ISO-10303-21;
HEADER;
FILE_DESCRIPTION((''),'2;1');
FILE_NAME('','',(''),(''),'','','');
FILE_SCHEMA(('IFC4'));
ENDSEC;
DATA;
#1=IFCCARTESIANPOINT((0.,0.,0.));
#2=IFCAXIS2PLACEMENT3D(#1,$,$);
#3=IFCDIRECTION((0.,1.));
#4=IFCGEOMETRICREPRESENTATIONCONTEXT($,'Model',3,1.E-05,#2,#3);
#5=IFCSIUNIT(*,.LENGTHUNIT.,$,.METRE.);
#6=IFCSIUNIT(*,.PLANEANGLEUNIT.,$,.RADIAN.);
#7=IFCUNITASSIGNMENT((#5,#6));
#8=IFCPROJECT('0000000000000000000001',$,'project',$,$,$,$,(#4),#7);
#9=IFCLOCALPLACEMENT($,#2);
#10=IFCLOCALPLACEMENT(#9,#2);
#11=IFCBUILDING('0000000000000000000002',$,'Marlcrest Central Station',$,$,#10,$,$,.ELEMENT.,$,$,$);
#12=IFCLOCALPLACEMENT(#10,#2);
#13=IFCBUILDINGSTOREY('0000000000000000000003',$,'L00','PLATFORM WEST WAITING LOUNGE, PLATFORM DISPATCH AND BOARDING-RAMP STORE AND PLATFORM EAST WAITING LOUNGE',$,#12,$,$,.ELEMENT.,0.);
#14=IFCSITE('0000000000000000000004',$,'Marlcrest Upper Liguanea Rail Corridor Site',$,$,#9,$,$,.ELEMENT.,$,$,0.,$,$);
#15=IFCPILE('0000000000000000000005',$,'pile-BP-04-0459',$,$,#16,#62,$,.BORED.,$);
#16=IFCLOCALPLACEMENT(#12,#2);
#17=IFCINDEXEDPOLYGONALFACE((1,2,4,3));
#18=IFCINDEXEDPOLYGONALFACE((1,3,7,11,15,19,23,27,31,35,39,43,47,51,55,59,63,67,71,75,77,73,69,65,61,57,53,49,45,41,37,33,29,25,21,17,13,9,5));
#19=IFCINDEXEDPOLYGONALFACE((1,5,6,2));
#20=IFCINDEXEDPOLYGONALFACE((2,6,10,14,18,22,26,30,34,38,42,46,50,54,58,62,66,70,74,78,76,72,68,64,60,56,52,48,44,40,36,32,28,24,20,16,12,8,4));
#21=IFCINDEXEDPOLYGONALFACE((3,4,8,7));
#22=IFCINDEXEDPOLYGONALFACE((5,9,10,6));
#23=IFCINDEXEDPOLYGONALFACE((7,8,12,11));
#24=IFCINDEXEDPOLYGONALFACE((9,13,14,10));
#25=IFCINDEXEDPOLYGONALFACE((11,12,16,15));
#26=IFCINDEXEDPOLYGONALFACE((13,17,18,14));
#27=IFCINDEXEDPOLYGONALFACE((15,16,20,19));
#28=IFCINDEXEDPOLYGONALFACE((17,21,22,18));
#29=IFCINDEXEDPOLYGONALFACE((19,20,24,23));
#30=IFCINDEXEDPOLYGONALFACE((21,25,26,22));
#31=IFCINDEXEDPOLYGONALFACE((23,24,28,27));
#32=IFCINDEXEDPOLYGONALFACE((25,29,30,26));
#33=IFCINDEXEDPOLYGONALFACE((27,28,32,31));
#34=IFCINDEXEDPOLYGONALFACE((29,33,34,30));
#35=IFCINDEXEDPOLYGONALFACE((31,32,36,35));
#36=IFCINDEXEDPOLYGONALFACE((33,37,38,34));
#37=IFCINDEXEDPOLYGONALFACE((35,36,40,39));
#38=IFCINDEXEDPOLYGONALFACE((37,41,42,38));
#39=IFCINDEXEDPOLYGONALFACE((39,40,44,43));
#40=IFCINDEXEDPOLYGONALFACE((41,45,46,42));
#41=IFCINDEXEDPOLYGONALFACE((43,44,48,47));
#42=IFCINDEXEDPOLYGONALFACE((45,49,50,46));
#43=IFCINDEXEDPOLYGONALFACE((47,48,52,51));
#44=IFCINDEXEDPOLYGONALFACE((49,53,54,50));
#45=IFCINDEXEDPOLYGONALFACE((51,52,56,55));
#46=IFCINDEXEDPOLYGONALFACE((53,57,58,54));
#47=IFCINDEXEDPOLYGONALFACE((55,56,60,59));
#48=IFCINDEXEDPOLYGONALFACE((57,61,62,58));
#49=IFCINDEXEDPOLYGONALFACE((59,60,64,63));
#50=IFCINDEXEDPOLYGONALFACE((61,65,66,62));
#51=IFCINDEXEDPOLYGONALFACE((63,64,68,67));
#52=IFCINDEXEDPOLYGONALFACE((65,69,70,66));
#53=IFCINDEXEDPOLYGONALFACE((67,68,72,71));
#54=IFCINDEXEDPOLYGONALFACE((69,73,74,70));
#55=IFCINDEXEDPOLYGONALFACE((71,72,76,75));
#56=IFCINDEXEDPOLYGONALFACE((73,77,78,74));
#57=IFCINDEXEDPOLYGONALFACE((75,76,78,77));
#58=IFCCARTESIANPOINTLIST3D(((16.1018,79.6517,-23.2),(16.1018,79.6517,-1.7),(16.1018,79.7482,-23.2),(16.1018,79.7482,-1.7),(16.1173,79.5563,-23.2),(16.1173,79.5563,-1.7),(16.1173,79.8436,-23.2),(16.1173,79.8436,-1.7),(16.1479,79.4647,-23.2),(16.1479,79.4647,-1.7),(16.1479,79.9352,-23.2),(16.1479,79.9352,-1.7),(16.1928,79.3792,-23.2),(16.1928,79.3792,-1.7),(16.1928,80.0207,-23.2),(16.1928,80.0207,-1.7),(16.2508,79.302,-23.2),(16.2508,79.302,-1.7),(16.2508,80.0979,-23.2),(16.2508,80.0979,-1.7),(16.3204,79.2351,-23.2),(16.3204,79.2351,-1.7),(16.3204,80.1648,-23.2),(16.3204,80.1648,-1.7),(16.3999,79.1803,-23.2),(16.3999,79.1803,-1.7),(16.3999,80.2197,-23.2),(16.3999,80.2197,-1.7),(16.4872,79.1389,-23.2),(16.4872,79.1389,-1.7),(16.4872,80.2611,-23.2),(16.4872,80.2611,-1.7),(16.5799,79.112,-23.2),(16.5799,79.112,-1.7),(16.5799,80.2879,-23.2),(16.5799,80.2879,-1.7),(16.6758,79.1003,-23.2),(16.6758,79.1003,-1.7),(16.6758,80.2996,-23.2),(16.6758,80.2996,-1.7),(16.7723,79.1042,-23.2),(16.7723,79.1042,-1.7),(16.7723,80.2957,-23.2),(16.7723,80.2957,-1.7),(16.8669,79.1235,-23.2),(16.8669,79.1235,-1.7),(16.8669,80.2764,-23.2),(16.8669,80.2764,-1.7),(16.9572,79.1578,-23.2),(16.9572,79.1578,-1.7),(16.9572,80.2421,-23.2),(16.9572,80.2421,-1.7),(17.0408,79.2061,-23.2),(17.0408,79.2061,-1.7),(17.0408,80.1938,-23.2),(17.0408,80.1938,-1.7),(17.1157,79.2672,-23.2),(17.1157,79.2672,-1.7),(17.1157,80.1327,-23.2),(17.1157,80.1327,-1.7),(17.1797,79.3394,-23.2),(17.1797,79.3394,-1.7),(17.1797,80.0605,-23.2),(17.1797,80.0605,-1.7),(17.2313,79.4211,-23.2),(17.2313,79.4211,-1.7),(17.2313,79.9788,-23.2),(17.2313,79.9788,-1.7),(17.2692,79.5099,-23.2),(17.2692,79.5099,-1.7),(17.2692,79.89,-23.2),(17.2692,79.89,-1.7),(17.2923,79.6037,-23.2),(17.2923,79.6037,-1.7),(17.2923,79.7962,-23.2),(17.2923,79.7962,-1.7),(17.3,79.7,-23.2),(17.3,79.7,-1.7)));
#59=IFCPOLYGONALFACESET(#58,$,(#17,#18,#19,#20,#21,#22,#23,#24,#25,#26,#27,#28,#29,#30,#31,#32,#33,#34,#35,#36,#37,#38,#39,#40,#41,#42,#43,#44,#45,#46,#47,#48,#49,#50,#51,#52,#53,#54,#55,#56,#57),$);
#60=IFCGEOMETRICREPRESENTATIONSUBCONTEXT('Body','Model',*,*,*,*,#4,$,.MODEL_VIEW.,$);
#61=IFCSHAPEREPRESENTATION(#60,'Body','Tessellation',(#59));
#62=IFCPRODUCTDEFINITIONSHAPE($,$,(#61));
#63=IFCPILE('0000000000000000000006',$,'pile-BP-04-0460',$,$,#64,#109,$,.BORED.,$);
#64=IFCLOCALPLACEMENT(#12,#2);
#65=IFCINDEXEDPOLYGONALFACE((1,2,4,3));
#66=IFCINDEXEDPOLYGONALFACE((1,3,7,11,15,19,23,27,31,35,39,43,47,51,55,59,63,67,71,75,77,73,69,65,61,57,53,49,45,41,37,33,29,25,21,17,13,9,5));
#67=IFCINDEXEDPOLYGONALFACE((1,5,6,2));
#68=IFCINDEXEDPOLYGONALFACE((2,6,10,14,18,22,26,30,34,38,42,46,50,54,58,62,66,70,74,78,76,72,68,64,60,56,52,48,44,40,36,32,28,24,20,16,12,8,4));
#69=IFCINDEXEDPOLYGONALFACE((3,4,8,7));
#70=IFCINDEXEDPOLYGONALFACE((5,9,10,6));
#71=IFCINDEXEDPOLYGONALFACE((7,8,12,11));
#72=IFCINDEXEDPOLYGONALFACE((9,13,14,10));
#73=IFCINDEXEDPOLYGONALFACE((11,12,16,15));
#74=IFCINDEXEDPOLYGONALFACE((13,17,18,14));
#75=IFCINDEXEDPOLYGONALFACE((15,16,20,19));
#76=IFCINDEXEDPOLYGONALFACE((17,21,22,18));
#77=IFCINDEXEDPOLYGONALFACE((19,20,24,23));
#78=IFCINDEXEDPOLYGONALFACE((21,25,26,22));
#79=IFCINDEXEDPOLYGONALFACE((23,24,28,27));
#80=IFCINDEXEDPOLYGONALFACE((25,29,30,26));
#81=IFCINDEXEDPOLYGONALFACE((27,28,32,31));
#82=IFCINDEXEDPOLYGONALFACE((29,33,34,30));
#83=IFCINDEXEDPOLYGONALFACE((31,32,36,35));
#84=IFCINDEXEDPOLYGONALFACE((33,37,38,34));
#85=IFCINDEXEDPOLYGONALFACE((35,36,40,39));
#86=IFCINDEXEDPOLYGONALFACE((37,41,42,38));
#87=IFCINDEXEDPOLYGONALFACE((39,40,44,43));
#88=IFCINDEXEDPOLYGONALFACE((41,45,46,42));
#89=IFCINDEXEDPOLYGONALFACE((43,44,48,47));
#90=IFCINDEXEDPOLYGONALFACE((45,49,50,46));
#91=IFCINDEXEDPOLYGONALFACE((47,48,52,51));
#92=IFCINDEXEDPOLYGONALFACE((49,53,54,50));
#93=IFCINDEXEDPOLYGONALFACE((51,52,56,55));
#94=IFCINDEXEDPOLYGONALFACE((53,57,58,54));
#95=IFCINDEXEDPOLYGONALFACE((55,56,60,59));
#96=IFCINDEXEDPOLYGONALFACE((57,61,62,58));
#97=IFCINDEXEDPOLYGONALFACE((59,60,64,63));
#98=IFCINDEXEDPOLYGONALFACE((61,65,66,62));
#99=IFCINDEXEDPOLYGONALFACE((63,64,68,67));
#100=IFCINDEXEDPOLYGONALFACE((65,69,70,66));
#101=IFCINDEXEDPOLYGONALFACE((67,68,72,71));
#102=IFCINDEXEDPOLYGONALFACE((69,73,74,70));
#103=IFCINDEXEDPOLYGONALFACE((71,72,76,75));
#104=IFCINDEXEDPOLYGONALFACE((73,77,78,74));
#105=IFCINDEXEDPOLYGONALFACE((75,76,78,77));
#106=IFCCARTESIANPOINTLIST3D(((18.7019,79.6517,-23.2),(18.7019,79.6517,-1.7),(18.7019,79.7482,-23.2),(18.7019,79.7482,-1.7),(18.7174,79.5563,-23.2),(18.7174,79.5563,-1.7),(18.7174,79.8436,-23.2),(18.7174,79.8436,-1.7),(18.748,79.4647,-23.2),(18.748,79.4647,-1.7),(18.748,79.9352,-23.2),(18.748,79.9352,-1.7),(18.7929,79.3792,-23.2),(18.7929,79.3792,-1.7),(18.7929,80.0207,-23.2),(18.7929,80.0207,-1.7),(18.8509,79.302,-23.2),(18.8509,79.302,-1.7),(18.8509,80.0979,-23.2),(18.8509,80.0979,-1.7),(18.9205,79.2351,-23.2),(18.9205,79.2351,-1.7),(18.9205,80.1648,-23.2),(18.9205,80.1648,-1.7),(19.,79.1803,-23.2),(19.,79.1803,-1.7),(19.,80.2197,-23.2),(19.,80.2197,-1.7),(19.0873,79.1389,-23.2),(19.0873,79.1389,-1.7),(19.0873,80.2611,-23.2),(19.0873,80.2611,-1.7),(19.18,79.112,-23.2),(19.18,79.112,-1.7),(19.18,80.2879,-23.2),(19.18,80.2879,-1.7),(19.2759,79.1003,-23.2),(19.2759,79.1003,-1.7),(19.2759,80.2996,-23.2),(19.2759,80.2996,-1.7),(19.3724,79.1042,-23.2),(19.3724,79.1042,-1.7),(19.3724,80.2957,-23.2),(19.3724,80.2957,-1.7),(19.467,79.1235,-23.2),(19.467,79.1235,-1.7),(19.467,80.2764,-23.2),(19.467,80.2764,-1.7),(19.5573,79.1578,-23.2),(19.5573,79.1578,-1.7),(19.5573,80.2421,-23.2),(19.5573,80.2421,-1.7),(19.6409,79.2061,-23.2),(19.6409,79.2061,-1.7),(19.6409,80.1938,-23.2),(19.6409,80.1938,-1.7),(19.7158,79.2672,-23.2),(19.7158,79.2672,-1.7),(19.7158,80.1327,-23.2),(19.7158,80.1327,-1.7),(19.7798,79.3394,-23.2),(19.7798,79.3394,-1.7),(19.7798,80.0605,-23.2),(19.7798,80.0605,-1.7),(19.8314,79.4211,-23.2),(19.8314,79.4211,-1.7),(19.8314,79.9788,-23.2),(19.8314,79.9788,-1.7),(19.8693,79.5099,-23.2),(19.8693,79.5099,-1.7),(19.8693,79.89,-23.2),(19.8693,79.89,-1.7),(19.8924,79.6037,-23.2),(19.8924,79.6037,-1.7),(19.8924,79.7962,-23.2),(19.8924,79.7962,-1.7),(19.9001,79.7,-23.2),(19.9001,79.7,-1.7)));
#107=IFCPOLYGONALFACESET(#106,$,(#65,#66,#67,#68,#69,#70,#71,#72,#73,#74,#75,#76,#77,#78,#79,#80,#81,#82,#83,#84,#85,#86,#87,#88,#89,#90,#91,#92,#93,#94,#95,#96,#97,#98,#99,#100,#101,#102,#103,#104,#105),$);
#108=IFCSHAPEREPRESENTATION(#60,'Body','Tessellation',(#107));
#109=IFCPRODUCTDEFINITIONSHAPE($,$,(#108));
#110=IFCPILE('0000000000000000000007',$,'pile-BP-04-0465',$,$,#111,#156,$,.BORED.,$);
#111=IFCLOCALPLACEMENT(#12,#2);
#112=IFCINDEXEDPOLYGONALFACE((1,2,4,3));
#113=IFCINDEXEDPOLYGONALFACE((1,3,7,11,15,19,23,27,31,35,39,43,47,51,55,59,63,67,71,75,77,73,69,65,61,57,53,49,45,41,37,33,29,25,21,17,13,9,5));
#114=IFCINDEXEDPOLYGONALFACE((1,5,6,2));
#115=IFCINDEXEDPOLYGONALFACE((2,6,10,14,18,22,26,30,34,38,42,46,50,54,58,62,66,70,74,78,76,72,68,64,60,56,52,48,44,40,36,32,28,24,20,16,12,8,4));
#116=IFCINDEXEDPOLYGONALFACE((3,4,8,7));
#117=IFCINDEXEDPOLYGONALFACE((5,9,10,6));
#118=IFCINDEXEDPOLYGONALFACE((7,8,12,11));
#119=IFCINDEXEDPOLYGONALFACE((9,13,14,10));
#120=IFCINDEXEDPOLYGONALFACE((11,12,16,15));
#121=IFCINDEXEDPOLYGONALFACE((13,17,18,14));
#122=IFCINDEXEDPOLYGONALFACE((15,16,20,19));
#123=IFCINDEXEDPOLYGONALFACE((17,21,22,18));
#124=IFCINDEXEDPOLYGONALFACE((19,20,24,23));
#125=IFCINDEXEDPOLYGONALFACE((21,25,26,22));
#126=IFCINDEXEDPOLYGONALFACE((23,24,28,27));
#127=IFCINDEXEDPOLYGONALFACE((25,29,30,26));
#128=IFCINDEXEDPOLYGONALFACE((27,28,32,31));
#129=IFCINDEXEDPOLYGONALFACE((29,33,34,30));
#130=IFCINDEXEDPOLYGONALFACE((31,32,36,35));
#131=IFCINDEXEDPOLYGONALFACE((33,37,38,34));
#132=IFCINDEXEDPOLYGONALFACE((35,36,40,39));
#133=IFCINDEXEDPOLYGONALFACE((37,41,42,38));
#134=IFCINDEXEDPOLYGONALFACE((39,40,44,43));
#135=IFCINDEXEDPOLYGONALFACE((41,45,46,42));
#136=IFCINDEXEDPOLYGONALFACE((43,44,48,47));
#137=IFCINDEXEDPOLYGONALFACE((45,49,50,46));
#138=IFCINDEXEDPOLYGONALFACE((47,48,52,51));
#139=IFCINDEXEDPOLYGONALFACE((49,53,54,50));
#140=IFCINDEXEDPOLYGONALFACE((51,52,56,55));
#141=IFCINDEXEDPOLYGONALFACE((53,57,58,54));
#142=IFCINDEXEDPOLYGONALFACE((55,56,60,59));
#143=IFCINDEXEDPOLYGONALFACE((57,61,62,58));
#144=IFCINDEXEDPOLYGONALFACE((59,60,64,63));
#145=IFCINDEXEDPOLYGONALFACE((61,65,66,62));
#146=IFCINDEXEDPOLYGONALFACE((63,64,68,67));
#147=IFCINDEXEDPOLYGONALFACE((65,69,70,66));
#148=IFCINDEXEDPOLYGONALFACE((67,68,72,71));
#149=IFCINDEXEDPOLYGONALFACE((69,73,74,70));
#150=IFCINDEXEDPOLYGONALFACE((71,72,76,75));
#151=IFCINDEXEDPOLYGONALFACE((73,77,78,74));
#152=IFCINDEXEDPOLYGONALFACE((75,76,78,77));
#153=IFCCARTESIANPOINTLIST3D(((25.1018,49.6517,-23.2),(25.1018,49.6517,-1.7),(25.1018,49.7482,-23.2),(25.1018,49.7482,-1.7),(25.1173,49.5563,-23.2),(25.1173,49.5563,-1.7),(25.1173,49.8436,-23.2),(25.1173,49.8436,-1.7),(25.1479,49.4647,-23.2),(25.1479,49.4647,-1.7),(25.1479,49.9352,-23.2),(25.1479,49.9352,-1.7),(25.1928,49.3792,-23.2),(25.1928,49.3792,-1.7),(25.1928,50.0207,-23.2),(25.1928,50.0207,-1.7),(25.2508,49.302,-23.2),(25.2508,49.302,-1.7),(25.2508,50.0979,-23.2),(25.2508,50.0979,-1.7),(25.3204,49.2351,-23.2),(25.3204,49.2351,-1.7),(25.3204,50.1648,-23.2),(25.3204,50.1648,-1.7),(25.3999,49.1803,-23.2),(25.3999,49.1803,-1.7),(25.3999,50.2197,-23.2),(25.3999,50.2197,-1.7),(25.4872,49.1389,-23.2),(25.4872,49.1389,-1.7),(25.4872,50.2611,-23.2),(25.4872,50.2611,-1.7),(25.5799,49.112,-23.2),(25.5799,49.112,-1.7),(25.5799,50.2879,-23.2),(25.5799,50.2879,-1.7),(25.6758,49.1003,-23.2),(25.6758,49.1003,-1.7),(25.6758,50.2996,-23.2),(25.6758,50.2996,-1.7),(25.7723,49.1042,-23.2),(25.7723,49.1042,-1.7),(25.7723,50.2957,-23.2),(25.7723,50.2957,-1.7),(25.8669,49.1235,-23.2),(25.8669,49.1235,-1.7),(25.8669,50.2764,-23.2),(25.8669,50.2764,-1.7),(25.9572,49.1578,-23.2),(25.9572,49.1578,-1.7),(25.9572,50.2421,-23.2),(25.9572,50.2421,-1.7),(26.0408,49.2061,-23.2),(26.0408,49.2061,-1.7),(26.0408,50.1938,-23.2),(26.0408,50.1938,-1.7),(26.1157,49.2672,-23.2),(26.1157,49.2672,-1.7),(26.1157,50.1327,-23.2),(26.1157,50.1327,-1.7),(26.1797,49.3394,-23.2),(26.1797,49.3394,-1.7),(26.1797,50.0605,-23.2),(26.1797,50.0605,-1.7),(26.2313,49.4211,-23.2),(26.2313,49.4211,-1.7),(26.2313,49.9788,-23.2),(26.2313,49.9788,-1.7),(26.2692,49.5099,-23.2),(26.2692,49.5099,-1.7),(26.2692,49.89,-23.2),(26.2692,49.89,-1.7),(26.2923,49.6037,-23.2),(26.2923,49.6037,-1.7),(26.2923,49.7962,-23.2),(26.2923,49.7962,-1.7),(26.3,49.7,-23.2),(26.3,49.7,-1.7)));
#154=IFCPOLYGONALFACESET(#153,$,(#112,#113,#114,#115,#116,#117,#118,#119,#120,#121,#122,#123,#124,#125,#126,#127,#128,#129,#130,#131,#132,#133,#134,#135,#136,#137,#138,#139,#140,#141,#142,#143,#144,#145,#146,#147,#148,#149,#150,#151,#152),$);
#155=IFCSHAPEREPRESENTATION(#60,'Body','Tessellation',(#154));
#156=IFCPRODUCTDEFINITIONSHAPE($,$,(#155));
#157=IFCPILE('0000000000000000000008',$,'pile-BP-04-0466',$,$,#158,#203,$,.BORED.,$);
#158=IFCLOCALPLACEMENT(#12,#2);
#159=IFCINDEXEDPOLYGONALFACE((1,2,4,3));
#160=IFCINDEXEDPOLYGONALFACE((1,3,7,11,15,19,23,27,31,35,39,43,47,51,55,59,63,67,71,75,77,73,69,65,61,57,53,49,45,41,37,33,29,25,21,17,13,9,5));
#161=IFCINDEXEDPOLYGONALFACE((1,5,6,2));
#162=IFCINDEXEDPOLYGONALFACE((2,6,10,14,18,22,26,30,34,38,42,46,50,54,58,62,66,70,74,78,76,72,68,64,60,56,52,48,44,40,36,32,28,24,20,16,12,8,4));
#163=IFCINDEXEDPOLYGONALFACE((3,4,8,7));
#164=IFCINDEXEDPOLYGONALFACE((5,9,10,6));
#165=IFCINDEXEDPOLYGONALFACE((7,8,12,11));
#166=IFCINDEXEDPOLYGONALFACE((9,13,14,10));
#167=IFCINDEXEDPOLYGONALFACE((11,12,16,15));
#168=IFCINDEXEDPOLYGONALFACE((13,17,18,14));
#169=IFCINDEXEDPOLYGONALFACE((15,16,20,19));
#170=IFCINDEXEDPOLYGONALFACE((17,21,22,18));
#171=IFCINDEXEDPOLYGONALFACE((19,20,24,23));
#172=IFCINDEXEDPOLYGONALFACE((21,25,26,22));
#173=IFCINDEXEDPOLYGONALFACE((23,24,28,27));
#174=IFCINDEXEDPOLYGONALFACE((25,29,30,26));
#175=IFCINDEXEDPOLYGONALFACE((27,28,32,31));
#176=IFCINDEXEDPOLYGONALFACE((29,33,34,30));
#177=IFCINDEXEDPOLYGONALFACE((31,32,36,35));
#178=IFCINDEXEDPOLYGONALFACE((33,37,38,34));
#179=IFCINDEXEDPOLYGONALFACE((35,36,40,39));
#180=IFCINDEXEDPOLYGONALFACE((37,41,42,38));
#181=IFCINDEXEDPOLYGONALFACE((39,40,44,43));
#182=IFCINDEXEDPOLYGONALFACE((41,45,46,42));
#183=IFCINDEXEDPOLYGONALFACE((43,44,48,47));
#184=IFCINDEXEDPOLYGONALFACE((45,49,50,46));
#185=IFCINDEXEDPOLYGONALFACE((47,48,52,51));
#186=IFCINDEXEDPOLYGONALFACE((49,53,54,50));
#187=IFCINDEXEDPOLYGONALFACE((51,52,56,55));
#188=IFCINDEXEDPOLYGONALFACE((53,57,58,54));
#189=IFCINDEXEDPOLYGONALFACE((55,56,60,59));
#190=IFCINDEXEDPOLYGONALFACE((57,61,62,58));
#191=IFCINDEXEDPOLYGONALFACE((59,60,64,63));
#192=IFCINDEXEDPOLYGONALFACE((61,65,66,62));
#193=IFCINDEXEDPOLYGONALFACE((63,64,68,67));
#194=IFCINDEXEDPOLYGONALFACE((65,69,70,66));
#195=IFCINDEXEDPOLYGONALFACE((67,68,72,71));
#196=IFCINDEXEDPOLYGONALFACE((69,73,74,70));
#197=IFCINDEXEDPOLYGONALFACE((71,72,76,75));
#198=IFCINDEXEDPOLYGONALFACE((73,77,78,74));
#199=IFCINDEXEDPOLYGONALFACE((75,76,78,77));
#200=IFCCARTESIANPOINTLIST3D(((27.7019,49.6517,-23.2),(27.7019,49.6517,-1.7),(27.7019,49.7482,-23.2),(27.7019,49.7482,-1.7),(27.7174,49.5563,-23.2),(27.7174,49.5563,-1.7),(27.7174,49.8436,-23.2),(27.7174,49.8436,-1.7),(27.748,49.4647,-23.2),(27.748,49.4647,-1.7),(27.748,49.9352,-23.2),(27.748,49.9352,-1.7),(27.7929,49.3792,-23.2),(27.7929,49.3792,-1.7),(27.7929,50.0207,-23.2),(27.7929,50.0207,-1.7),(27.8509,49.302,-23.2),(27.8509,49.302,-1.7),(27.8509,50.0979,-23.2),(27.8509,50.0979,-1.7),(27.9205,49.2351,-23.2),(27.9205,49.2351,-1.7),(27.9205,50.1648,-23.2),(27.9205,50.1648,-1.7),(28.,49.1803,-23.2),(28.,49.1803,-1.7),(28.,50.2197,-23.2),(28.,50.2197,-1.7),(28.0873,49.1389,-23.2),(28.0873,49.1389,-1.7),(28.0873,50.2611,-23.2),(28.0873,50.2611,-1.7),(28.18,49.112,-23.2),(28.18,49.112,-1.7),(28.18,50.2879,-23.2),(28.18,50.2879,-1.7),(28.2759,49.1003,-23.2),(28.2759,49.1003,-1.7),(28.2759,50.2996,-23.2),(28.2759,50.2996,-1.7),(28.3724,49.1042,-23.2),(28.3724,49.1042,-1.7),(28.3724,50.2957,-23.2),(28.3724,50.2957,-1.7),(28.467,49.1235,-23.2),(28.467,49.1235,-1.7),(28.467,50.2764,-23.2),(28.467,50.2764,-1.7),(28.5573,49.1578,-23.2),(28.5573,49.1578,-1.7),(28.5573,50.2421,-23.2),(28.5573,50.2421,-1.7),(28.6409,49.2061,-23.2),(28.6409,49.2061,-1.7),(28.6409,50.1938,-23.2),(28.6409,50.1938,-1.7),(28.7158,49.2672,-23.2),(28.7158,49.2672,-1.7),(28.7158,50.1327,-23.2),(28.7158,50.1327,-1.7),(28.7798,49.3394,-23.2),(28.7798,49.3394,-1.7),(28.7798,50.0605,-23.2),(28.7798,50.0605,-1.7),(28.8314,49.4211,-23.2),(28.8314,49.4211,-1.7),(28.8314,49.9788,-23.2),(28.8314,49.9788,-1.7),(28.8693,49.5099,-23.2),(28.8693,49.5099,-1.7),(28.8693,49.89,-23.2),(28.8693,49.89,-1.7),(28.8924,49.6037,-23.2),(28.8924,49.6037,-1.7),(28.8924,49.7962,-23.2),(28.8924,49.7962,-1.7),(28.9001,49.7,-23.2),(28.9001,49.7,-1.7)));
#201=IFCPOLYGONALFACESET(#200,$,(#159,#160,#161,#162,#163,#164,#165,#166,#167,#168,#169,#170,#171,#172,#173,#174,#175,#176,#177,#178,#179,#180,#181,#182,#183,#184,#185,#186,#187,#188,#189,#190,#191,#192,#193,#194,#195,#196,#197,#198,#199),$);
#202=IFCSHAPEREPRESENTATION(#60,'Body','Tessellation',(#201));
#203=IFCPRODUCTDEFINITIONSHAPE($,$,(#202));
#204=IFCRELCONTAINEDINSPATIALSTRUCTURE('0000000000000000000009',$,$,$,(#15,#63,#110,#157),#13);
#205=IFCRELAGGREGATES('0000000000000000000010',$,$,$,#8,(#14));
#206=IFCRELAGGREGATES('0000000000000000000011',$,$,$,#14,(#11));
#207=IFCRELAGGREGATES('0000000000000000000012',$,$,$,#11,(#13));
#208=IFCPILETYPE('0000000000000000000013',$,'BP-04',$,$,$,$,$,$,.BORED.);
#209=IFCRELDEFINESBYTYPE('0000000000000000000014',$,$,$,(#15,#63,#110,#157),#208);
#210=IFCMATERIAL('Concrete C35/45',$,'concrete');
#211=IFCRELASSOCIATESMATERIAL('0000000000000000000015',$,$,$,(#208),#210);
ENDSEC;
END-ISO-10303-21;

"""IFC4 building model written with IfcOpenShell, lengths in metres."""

from ifc_helpers import new_model, si_unit, direction, frame, origin, origin_2d, place, context, subcontext, project, spatial, circle, extrude, material, material_profile, profile_set, type_object, element, save


model = new_model("IFC4")

# Units and contexts
model_context = context("Model", 3, precision=1e-05, world=origin(), true_north=direction((0.0, 1.0)))
body_context = subcontext(model_context, "Body", "Model", "MODEL_VIEW")
ifc_project = project(units=[si_unit("LENGTHUNIT", "METRE"), si_unit("PLANEANGLEUNIT", "RADIAN")], contexts=[model_context])

# Site, building, storey
site_placement = place(None, origin())
site = spatial("IfcSite", under=ifc_project, at=site_placement, Name="Marlcrest Upper Liguanea Rail Corridor Site", CompositionType="ELEMENT", RefElevation=0.0)
building_placement = place(site_placement, origin())
building = spatial("IfcBuilding", under=site, at=building_placement, Name="Marlcrest Central Station", CompositionType="ELEMENT")
storey_placement = place(building_placement, origin())
storey = spatial("IfcBuildingStorey", under=building, at=storey_placement, Name="L00", Description="PLATFORM WEST WAITING LOUNGE, PLATFORM DISPATCH AND BOARDING-RAMP STORE AND PLATFORM EAST WAITING LOUNGE", CompositionType="ELEMENT", Elevation=0.0)

# Piles
ifc_material_1 = material(Name="Concrete C35/45", Category="concrete")
ifc_material_profile_1 = material_profile(ifc_material_1, circle(Radius=0.6001, at=origin_2d()), Name="PILE D1200")
ifc_profile_set_1 = profile_set([ifc_material_profile_1], Name="Concrete C35/45")
pile_type = type_object("IfcPileType", Name="BP-04", PredefinedType="BORED", material=ifc_profile_set_1)
for number, where, z_axis, x_axis, name in (
    (1, (16.7, 79.7, -1.7), (0.0, 0.0, -1.0), (1.0, 0.0, 0.0), "pile-BP-04-0459"),
    (2, (19.3, 79.7, -1.7), (0.0, 0.0, -1.0), (1.0, 0.0, 0.0), "pile-BP-04-0460"),
    (3, (25.7, 49.7, -1.7), (0.0, 0.0, -1.0), (1.0, 0.0, 0.0), "pile-BP-04-0465"),
    (4, (28.3, 49.7, -1.7), (0.0, 0.0, -1.0), (1.0, 0.0, 0.0), "pile-BP-04-0466"),
):
    element("IfcPile", number, at=place(storey_placement, frame(where, z_axis=z_axis, x_axis=x_axis)), inside=storey, type_object=pile_type, Name=name, PredefinedType="BORED", context=body_context, shape_type="SweptSolid", body=[
        extrude(circle(Radius=0.6001, at=origin_2d()), origin(), (0.0, 0.0, 1.0), 21.5),
    ])

save(model, "model.ifc")
